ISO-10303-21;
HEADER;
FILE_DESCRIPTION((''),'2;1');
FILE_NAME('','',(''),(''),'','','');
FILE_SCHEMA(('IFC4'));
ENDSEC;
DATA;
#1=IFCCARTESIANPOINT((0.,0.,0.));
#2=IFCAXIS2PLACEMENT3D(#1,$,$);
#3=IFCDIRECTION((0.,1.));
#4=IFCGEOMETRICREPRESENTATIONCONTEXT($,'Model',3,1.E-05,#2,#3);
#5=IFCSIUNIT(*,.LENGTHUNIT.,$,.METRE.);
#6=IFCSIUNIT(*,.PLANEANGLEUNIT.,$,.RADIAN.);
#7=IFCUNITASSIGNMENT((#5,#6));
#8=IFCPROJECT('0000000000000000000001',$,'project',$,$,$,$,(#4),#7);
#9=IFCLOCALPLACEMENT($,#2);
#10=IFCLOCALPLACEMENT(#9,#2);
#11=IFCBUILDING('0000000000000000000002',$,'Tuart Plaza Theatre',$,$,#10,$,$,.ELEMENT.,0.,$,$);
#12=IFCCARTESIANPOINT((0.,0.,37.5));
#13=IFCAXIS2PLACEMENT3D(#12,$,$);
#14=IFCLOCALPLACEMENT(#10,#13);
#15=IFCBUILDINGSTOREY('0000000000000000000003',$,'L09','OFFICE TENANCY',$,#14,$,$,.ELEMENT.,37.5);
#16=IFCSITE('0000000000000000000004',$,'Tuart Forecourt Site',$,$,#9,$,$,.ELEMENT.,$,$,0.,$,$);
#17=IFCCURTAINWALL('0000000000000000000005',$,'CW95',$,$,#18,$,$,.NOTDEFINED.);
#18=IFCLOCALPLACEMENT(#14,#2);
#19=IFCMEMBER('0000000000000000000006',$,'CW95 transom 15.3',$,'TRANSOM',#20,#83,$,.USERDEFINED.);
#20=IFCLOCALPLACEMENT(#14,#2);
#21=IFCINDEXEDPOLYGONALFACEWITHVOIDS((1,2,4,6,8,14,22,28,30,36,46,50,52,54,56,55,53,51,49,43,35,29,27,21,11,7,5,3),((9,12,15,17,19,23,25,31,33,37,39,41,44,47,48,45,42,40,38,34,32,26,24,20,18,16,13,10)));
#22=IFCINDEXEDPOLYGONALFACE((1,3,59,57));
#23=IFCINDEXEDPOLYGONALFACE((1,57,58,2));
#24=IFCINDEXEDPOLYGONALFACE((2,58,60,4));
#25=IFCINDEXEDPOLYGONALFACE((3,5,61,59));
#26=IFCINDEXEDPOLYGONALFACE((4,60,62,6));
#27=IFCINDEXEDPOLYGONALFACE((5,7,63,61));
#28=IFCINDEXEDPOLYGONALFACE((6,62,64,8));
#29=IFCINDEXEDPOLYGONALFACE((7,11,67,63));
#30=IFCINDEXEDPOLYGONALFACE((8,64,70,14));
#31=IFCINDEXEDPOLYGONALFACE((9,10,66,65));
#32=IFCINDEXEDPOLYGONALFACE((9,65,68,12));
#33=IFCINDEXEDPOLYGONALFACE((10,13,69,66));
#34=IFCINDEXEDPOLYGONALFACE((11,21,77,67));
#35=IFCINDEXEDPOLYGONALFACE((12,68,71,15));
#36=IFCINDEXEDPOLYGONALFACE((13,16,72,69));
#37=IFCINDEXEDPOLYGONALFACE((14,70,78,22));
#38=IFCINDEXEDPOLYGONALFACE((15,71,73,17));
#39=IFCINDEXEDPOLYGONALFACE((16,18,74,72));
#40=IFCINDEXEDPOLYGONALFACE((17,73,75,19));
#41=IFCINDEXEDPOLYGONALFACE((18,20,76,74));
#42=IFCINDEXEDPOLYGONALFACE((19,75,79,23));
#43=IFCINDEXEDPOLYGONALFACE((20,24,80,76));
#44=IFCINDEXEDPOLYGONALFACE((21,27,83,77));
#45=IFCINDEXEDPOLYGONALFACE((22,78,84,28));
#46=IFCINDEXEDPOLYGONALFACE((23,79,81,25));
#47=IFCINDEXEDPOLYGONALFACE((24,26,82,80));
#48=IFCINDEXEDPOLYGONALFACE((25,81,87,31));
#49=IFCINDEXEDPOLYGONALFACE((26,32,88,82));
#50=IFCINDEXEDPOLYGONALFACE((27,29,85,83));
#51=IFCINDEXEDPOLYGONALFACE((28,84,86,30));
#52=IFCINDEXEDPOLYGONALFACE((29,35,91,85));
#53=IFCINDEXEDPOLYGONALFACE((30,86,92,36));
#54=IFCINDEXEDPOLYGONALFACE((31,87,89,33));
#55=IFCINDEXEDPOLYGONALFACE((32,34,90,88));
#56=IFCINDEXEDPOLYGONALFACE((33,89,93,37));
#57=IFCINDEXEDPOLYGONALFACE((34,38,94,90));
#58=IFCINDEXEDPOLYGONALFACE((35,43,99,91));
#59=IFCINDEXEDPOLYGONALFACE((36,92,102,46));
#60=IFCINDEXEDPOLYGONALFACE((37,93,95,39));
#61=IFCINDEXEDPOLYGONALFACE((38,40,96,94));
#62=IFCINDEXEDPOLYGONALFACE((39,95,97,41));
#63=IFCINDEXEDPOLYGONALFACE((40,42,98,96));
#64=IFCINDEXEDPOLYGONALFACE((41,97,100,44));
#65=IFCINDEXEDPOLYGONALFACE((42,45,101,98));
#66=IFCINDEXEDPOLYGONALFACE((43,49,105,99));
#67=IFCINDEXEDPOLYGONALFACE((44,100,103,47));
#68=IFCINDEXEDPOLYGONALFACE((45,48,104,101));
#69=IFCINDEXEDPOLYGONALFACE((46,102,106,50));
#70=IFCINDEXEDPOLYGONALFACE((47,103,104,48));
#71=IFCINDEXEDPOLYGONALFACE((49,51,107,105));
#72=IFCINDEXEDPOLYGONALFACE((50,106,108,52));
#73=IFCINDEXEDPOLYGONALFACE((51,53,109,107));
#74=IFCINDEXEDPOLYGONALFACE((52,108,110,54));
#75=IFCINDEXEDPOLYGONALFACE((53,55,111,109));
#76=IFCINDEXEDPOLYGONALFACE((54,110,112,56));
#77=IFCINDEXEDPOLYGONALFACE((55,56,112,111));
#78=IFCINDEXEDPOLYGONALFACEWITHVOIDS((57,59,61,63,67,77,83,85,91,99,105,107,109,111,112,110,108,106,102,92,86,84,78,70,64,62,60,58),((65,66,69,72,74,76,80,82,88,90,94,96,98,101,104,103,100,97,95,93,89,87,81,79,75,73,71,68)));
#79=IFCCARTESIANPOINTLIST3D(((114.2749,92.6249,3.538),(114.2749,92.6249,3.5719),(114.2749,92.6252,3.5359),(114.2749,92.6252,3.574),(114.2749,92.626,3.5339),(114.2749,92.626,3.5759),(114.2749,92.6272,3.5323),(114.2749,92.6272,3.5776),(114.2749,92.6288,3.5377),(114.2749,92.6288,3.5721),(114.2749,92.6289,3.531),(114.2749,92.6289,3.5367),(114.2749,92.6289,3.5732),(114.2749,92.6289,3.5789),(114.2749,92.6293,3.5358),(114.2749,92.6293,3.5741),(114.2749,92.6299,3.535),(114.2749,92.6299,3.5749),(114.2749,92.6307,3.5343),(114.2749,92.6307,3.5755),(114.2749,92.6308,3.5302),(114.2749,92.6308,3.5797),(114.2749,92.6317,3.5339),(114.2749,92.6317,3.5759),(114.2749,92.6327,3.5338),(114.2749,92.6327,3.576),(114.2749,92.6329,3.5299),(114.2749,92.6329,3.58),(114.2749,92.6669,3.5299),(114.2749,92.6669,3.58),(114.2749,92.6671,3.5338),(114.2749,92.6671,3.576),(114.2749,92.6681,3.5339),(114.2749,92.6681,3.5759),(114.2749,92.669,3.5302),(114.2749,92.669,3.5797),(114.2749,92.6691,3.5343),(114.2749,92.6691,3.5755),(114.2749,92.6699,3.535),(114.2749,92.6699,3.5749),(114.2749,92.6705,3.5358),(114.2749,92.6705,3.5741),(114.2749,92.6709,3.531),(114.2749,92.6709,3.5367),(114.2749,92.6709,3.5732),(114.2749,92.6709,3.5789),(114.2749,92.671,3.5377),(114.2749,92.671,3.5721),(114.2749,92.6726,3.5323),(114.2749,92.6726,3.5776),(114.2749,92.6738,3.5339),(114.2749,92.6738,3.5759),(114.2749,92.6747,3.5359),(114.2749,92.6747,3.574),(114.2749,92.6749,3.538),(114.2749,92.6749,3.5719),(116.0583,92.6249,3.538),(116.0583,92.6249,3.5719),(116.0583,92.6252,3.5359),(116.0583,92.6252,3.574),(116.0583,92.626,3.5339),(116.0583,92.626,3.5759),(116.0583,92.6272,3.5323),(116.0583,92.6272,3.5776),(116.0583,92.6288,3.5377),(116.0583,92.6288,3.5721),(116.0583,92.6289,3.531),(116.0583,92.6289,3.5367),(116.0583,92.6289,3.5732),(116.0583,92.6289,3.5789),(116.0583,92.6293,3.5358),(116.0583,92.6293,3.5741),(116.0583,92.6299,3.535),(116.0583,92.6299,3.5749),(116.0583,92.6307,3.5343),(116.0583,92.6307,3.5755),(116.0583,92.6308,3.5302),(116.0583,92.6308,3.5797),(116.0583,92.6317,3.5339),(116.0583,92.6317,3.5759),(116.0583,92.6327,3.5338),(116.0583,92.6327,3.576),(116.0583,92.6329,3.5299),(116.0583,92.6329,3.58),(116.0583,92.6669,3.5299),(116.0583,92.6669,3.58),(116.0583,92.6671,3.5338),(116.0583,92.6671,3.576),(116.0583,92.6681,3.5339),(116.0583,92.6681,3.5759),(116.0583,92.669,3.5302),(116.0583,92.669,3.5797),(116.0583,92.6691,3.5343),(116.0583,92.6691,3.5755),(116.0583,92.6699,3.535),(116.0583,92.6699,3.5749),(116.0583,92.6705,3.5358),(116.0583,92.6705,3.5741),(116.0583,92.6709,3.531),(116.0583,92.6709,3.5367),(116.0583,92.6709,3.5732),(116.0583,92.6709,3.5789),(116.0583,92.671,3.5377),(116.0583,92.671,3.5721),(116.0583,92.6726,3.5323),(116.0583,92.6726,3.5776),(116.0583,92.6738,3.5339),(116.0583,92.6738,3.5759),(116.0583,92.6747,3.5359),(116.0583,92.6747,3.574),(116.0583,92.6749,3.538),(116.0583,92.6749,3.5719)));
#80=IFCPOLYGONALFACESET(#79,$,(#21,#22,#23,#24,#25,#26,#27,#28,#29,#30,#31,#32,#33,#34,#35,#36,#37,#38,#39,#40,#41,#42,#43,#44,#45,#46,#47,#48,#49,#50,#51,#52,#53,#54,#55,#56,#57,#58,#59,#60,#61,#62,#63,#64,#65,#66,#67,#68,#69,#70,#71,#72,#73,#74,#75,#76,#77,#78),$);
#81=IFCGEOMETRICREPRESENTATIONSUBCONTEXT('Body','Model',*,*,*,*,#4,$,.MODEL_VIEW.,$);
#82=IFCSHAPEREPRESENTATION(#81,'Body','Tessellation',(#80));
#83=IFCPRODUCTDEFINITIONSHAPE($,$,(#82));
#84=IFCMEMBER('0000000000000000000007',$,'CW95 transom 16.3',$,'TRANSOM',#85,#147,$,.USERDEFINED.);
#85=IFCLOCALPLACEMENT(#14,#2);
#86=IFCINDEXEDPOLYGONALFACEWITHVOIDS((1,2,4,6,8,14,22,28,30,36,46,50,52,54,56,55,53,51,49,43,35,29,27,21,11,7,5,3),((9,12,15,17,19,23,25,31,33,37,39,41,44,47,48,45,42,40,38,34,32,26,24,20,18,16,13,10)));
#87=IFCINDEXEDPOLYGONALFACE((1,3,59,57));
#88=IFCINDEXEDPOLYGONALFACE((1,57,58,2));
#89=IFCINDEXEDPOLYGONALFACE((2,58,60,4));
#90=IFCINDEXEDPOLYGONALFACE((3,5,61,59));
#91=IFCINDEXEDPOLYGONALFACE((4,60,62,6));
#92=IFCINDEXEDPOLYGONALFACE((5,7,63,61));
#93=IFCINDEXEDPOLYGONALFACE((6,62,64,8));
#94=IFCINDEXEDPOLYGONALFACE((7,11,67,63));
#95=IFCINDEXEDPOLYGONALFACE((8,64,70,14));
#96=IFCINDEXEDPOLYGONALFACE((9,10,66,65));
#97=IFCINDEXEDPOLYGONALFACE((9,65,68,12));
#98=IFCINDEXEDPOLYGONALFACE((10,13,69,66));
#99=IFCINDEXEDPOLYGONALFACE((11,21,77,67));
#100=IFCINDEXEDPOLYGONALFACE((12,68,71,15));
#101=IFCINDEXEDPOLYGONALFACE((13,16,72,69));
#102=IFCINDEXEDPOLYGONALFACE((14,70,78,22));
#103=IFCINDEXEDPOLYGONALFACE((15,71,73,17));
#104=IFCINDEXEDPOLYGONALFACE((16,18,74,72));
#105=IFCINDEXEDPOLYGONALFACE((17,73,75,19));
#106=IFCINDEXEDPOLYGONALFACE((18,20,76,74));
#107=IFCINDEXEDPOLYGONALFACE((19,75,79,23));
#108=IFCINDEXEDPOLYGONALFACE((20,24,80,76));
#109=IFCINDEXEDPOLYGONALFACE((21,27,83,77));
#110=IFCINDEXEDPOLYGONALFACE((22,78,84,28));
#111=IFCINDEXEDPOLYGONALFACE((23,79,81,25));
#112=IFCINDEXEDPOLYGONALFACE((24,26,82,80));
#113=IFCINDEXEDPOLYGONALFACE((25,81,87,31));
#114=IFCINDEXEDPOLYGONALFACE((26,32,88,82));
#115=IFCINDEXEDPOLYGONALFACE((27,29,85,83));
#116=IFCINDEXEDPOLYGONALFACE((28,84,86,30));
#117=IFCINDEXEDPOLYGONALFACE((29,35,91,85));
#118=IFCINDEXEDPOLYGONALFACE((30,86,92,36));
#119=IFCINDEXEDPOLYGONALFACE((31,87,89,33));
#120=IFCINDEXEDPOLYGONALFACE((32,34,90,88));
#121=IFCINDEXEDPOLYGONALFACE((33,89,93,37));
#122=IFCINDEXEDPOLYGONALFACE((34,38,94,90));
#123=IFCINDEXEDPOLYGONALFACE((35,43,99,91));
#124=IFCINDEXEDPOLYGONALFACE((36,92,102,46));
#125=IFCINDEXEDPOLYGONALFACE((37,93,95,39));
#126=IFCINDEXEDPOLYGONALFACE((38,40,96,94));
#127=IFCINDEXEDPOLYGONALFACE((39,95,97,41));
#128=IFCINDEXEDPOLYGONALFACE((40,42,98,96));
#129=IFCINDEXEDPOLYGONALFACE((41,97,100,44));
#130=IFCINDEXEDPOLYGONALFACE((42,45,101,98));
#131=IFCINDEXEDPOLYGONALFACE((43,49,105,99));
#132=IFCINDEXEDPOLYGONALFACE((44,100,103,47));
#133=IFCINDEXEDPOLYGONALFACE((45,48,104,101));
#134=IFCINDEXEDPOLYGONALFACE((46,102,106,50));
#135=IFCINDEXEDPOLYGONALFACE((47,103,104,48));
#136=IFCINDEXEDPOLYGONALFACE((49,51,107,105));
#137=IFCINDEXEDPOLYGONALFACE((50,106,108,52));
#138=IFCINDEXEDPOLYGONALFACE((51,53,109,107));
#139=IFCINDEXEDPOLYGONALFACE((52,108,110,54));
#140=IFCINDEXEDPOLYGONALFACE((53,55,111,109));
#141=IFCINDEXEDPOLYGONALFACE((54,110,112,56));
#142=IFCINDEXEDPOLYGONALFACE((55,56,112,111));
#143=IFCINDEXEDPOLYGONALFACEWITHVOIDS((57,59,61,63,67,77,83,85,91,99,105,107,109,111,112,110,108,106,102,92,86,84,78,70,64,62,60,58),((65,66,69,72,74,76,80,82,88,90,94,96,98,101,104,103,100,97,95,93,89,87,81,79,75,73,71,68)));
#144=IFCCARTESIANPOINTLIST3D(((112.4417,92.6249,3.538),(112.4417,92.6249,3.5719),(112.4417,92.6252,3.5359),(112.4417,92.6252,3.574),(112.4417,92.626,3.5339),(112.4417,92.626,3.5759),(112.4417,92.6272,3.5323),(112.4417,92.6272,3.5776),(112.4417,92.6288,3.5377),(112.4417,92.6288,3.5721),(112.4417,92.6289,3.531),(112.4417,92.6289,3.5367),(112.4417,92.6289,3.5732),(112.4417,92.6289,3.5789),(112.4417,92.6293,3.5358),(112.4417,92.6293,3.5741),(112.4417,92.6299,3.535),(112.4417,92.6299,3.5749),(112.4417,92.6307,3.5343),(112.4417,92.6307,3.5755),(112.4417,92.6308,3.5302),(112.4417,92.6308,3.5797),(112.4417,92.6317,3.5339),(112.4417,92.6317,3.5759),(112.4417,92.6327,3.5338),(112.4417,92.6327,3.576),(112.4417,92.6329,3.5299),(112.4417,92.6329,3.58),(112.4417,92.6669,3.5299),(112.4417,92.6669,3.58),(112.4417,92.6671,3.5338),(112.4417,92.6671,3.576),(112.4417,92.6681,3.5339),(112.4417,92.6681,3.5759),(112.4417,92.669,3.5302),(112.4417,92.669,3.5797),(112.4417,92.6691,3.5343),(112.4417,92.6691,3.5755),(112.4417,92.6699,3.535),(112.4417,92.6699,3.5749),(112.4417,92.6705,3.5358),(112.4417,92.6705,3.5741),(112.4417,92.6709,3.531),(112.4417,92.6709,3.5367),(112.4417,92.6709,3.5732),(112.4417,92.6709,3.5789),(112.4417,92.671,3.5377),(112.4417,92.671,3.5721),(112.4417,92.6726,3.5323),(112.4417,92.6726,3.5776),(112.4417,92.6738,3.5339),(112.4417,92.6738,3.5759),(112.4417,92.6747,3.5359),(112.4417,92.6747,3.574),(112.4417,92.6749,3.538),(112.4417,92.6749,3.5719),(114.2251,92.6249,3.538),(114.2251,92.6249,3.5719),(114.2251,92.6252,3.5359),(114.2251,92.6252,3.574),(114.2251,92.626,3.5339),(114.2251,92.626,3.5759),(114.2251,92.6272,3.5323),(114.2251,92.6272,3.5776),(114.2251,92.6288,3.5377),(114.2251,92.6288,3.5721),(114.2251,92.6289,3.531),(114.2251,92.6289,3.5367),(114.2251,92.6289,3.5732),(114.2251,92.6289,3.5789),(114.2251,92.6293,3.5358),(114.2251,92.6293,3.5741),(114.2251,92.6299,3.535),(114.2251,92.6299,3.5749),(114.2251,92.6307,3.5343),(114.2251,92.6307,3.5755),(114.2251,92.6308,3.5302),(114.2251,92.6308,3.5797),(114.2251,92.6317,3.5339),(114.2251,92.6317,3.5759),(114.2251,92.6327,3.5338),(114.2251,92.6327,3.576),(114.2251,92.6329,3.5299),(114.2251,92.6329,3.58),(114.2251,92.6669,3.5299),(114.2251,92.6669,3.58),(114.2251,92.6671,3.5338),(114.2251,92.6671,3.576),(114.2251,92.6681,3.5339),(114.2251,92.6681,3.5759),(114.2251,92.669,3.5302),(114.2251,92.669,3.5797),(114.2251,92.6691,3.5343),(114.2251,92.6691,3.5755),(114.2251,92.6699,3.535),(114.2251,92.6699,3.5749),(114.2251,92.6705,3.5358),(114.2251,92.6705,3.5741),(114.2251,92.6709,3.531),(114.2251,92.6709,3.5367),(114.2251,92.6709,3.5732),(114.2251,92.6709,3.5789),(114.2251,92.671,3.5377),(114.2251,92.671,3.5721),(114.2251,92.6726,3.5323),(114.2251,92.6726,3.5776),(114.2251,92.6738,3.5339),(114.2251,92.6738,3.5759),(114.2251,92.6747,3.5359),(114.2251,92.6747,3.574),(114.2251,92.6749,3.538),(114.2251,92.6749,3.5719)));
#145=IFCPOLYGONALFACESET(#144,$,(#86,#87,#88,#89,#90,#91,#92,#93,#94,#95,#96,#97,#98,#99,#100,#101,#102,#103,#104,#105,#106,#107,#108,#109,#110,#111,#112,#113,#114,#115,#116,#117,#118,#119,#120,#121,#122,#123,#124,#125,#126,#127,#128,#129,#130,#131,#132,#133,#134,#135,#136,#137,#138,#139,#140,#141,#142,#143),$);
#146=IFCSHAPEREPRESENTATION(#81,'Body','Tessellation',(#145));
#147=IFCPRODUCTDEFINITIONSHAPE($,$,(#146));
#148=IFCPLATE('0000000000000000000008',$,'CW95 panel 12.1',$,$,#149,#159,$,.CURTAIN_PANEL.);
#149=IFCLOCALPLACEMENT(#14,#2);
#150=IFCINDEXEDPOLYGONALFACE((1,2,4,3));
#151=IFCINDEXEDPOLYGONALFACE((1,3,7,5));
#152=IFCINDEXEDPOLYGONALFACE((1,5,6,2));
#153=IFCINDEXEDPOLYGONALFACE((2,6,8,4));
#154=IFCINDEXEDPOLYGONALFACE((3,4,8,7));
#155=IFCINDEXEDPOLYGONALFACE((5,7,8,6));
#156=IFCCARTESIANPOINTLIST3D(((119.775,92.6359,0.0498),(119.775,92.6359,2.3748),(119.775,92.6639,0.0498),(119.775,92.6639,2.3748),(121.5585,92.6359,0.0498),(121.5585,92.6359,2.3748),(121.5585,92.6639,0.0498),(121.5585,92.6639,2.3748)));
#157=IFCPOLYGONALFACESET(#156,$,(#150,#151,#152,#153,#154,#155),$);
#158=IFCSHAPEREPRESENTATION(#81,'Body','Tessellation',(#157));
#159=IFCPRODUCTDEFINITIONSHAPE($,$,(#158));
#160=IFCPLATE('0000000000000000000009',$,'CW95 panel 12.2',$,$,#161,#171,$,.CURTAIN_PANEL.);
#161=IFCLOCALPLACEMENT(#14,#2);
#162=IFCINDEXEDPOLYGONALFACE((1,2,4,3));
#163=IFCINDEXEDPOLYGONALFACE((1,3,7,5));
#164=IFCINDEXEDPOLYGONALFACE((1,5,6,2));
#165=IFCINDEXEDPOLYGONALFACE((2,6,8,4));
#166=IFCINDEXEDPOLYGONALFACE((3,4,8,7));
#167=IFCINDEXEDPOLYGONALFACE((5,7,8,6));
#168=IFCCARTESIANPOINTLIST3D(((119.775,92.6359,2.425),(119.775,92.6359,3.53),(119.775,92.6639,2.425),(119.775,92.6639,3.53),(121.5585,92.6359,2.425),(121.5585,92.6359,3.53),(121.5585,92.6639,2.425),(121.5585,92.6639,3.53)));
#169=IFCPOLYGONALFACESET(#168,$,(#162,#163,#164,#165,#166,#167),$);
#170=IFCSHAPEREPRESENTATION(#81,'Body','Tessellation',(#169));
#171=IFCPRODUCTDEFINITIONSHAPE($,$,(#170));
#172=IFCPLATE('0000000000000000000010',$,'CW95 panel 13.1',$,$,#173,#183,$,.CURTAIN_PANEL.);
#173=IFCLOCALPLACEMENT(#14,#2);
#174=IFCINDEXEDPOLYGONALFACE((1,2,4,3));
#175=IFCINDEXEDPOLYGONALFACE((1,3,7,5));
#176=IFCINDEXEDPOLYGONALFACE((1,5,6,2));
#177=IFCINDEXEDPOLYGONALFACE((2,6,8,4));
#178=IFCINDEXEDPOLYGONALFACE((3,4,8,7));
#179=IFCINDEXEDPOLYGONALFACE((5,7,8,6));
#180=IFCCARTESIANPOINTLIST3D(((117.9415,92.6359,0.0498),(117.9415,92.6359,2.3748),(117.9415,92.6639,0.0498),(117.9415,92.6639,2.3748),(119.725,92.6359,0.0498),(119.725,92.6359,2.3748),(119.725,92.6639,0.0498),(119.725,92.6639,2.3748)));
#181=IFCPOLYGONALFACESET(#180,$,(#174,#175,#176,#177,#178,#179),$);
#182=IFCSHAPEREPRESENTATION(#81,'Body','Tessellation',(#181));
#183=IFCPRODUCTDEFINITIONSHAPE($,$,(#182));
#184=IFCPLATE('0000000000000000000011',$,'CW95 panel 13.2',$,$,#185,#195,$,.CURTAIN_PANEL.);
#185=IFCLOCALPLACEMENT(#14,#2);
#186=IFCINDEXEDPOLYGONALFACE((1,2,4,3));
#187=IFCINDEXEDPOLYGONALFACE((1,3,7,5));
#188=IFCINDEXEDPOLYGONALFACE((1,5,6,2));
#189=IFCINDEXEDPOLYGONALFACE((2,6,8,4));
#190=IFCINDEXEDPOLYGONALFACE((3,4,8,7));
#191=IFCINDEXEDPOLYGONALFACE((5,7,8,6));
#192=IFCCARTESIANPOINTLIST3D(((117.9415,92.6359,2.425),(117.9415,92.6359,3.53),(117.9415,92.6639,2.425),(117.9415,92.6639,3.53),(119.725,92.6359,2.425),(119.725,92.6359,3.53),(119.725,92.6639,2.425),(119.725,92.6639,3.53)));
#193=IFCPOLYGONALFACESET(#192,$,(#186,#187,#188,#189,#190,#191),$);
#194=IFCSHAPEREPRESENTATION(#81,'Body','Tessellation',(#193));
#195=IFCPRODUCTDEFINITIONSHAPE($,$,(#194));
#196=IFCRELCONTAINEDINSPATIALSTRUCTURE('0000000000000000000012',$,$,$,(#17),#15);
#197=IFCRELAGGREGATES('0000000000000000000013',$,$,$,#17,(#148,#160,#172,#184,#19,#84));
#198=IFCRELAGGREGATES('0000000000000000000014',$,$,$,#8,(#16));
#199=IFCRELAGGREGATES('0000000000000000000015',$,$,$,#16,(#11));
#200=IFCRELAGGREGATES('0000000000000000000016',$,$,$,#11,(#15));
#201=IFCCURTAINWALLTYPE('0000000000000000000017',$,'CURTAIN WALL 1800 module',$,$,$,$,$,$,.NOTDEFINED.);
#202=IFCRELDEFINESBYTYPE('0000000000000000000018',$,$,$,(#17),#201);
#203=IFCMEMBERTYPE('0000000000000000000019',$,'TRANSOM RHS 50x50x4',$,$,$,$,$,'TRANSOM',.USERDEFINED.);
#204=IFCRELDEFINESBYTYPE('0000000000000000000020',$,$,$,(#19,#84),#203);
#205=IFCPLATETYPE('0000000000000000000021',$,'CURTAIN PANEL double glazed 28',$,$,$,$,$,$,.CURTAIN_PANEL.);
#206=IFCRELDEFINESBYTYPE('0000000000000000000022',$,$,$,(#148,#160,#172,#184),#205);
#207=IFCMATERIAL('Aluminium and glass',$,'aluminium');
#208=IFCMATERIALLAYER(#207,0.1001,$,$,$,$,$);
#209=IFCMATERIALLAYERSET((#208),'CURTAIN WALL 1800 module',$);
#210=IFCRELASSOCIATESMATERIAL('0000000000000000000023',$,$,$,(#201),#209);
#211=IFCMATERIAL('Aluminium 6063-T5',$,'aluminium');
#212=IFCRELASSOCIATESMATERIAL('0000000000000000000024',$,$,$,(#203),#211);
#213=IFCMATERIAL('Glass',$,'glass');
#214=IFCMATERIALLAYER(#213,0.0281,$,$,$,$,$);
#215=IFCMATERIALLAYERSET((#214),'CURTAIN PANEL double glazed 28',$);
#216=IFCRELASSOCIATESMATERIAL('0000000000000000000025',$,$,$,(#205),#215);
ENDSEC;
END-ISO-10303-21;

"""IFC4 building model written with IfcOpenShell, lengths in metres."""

from ifc_helpers import new_model, si_unit, direction, frame, origin, origin_2d, place, context, subcontext, project, spatial, rectangle, hollow_rectangle, extrude, material, layer, layer_set, material_profile, profile_set, type_object, element, aggregate, save


model = new_model("IFC4")

# Units and contexts
model_context = context("Model", 3, precision=1e-05, world=origin(), true_north=direction((0.0, 1.0)))
body_context = subcontext(model_context, "Body", "Model", "MODEL_VIEW")
ifc_project = project(units=[si_unit("LENGTHUNIT", "METRE"), si_unit("PLANEANGLEUNIT", "RADIAN")], contexts=[model_context])

# Site, building, storey
site_placement = place(None, origin())
site = spatial("IfcSite", under=ifc_project, at=site_placement, Name="Tuart Forecourt Site", CompositionType="ELEMENT", RefElevation=0.0)
building_placement = place(site_placement, origin())
building = spatial("IfcBuilding", under=site, at=building_placement, Name="Tuart Plaza Theatre", CompositionType="ELEMENT", ElevationOfRefHeight=0.0)
storey_placement = place(building_placement, frame((0.0, 0.0, 37.5)))
storey = spatial("IfcBuildingStorey", under=building, at=storey_placement, Name="L09", Description="OFFICE TENANCY", CompositionType="ELEMENT", Elevation=37.5)

# Curtain wall, members, plates
ifc_material_1 = material(Name="Aluminium and glass", Category="aluminium")
ifc_layer_1 = layer(ifc_material_1, 0.1001)
ifc_layer_set_1 = layer_set([ifc_layer_1], Name="CURTAIN WALL 1800 module")
curtain_wall_type = type_object("IfcCurtainWallType", Name="CURTAIN WALL 1800 module", PredefinedType="NOTDEFINED", material=ifc_layer_set_1)
curtain_wall_placement = place(storey_placement, origin())
curtain_wall = element("IfcCurtainWall", 1, at=curtain_wall_placement, inside=storey, type_object=curtain_wall_type, Name="CW95", PredefinedType="NOTDEFINED")
ifc_material_2 = material(Name="Aluminium 6063-T5", Category="aluminium")
ifc_material_profile_1 = material_profile(ifc_material_2, hollow_rectangle(XDim=0.05, YDim=0.05, WallThickness=0.0039, InnerFilletRadius=0.0039, OuterFilletRadius=0.0081, at=origin_2d()), Name="RHS 50x50x4")
ifc_profile_set_1 = profile_set([ifc_material_profile_1], Name="Aluminium 6063-T5")
member_type_1 = type_object("IfcMemberType", Name="TRANSOM RHS 50x50x4", ElementType="TRANSOM", PredefinedType="USERDEFINED", material=ifc_profile_set_1)
member_1_placement = place(storey_placement, frame((116.0583, 92.6499, 3.5549), z_axis=(-1.0, 0.0, 0.0), x_axis=(0.0, -1.0, 0.0)))
member_1 = element("IfcMember", 2, at=member_1_placement, type_object=member_type_1, Name="CW95 transom 15.3", ObjectType="TRANSOM", PredefinedType="USERDEFINED", context=body_context, shape_type="SweptSolid", body=[
    extrude(hollow_rectangle(XDim=0.05, YDim=0.05, WallThickness=0.0039, InnerFilletRadius=0.0039, OuterFilletRadius=0.0081, at=origin_2d()), origin(), (0.0, 0.0, 1.0), 1.7834),
])
member_2_placement = place(storey_placement, frame((114.2251, 92.6499, 3.5549), z_axis=(-1.0, 0.0, 0.0), x_axis=(0.0, -1.0, 0.0)))
member_2 = element("IfcMember", 3, at=member_2_placement, type_object=member_type_1, Name="CW95 transom 16.3", ObjectType="TRANSOM", PredefinedType="USERDEFINED", context=body_context, shape_type="SweptSolid", body=[
    extrude(hollow_rectangle(XDim=0.05, YDim=0.05, WallThickness=0.0039, InnerFilletRadius=0.0039, OuterFilletRadius=0.0081, at=origin_2d()), origin(), (0.0, 0.0, 1.0), 1.7834),
])
ifc_material_3 = material(Name="Glass", Category="glass")
ifc_layer_2 = layer(ifc_material_3, 0.0281)
ifc_layer_set_2 = layer_set([ifc_layer_2], Name="CURTAIN PANEL double glazed 28")
plate_type = type_object("IfcPlateType", Name="CURTAIN PANEL double glazed 28", PredefinedType="CURTAIN_PANEL", material=ifc_layer_set_2)
plate_1_placement = place(storey_placement, frame((120.6667, 92.6499, 0.0498), z_axis=(0.0, 0.0, 1.0), x_axis=(-1.0, 0.0, 0.0)))
plate_1 = element("IfcPlate", 4, at=plate_1_placement, type_object=plate_type, Name="CW95 panel 12.1", PredefinedType="CURTAIN_PANEL", context=body_context, shape_type="SweptSolid", body=[
    extrude(rectangle(XDim=1.7834, YDim=0.0281, at=origin_2d()), origin(), (0.0, 0.0, 1.0), 2.325),
])
plate_2_placement = place(storey_placement, frame((120.6667, 92.6499, 2.425), z_axis=(0.0, 0.0, 1.0), x_axis=(-1.0, 0.0, 0.0)))
plate_2 = element("IfcPlate", 5, at=plate_2_placement, type_object=plate_type, Name="CW95 panel 12.2", PredefinedType="CURTAIN_PANEL", context=body_context, shape_type="SweptSolid", body=[
    extrude(rectangle(XDim=1.7834, YDim=0.0281, at=origin_2d()), origin(), (0.0, 0.0, 1.0), 1.105),
])
plate_3_placement = place(storey_placement, frame((118.8333, 92.6499, 0.0498), z_axis=(0.0, 0.0, 1.0), x_axis=(-1.0, 0.0, 0.0)))
plate_3 = element("IfcPlate", 6, at=plate_3_placement, type_object=plate_type, Name="CW95 panel 13.1", PredefinedType="CURTAIN_PANEL", context=body_context, shape_type="SweptSolid", body=[
    extrude(rectangle(XDim=1.7834, YDim=0.0281, at=origin_2d()), origin(), (0.0, 0.0, 1.0), 2.325),
])
plate_4_placement = place(storey_placement, frame((118.8333, 92.6499, 2.425), z_axis=(0.0, 0.0, 1.0), x_axis=(-1.0, 0.0, 0.0)))
plate_4 = element("IfcPlate", 7, at=plate_4_placement, type_object=plate_type, Name="CW95 panel 13.2", PredefinedType="CURTAIN_PANEL", context=body_context, shape_type="SweptSolid", body=[
    extrude(rectangle(XDim=1.7834, YDim=0.0281, at=origin_2d()), origin(), (0.0, 0.0, 1.0), 1.105),
])
aggregate(curtain_wall, [plate_1, plate_2, plate_3, plate_4, member_1, member_2])

save(model, "model.ifc")
